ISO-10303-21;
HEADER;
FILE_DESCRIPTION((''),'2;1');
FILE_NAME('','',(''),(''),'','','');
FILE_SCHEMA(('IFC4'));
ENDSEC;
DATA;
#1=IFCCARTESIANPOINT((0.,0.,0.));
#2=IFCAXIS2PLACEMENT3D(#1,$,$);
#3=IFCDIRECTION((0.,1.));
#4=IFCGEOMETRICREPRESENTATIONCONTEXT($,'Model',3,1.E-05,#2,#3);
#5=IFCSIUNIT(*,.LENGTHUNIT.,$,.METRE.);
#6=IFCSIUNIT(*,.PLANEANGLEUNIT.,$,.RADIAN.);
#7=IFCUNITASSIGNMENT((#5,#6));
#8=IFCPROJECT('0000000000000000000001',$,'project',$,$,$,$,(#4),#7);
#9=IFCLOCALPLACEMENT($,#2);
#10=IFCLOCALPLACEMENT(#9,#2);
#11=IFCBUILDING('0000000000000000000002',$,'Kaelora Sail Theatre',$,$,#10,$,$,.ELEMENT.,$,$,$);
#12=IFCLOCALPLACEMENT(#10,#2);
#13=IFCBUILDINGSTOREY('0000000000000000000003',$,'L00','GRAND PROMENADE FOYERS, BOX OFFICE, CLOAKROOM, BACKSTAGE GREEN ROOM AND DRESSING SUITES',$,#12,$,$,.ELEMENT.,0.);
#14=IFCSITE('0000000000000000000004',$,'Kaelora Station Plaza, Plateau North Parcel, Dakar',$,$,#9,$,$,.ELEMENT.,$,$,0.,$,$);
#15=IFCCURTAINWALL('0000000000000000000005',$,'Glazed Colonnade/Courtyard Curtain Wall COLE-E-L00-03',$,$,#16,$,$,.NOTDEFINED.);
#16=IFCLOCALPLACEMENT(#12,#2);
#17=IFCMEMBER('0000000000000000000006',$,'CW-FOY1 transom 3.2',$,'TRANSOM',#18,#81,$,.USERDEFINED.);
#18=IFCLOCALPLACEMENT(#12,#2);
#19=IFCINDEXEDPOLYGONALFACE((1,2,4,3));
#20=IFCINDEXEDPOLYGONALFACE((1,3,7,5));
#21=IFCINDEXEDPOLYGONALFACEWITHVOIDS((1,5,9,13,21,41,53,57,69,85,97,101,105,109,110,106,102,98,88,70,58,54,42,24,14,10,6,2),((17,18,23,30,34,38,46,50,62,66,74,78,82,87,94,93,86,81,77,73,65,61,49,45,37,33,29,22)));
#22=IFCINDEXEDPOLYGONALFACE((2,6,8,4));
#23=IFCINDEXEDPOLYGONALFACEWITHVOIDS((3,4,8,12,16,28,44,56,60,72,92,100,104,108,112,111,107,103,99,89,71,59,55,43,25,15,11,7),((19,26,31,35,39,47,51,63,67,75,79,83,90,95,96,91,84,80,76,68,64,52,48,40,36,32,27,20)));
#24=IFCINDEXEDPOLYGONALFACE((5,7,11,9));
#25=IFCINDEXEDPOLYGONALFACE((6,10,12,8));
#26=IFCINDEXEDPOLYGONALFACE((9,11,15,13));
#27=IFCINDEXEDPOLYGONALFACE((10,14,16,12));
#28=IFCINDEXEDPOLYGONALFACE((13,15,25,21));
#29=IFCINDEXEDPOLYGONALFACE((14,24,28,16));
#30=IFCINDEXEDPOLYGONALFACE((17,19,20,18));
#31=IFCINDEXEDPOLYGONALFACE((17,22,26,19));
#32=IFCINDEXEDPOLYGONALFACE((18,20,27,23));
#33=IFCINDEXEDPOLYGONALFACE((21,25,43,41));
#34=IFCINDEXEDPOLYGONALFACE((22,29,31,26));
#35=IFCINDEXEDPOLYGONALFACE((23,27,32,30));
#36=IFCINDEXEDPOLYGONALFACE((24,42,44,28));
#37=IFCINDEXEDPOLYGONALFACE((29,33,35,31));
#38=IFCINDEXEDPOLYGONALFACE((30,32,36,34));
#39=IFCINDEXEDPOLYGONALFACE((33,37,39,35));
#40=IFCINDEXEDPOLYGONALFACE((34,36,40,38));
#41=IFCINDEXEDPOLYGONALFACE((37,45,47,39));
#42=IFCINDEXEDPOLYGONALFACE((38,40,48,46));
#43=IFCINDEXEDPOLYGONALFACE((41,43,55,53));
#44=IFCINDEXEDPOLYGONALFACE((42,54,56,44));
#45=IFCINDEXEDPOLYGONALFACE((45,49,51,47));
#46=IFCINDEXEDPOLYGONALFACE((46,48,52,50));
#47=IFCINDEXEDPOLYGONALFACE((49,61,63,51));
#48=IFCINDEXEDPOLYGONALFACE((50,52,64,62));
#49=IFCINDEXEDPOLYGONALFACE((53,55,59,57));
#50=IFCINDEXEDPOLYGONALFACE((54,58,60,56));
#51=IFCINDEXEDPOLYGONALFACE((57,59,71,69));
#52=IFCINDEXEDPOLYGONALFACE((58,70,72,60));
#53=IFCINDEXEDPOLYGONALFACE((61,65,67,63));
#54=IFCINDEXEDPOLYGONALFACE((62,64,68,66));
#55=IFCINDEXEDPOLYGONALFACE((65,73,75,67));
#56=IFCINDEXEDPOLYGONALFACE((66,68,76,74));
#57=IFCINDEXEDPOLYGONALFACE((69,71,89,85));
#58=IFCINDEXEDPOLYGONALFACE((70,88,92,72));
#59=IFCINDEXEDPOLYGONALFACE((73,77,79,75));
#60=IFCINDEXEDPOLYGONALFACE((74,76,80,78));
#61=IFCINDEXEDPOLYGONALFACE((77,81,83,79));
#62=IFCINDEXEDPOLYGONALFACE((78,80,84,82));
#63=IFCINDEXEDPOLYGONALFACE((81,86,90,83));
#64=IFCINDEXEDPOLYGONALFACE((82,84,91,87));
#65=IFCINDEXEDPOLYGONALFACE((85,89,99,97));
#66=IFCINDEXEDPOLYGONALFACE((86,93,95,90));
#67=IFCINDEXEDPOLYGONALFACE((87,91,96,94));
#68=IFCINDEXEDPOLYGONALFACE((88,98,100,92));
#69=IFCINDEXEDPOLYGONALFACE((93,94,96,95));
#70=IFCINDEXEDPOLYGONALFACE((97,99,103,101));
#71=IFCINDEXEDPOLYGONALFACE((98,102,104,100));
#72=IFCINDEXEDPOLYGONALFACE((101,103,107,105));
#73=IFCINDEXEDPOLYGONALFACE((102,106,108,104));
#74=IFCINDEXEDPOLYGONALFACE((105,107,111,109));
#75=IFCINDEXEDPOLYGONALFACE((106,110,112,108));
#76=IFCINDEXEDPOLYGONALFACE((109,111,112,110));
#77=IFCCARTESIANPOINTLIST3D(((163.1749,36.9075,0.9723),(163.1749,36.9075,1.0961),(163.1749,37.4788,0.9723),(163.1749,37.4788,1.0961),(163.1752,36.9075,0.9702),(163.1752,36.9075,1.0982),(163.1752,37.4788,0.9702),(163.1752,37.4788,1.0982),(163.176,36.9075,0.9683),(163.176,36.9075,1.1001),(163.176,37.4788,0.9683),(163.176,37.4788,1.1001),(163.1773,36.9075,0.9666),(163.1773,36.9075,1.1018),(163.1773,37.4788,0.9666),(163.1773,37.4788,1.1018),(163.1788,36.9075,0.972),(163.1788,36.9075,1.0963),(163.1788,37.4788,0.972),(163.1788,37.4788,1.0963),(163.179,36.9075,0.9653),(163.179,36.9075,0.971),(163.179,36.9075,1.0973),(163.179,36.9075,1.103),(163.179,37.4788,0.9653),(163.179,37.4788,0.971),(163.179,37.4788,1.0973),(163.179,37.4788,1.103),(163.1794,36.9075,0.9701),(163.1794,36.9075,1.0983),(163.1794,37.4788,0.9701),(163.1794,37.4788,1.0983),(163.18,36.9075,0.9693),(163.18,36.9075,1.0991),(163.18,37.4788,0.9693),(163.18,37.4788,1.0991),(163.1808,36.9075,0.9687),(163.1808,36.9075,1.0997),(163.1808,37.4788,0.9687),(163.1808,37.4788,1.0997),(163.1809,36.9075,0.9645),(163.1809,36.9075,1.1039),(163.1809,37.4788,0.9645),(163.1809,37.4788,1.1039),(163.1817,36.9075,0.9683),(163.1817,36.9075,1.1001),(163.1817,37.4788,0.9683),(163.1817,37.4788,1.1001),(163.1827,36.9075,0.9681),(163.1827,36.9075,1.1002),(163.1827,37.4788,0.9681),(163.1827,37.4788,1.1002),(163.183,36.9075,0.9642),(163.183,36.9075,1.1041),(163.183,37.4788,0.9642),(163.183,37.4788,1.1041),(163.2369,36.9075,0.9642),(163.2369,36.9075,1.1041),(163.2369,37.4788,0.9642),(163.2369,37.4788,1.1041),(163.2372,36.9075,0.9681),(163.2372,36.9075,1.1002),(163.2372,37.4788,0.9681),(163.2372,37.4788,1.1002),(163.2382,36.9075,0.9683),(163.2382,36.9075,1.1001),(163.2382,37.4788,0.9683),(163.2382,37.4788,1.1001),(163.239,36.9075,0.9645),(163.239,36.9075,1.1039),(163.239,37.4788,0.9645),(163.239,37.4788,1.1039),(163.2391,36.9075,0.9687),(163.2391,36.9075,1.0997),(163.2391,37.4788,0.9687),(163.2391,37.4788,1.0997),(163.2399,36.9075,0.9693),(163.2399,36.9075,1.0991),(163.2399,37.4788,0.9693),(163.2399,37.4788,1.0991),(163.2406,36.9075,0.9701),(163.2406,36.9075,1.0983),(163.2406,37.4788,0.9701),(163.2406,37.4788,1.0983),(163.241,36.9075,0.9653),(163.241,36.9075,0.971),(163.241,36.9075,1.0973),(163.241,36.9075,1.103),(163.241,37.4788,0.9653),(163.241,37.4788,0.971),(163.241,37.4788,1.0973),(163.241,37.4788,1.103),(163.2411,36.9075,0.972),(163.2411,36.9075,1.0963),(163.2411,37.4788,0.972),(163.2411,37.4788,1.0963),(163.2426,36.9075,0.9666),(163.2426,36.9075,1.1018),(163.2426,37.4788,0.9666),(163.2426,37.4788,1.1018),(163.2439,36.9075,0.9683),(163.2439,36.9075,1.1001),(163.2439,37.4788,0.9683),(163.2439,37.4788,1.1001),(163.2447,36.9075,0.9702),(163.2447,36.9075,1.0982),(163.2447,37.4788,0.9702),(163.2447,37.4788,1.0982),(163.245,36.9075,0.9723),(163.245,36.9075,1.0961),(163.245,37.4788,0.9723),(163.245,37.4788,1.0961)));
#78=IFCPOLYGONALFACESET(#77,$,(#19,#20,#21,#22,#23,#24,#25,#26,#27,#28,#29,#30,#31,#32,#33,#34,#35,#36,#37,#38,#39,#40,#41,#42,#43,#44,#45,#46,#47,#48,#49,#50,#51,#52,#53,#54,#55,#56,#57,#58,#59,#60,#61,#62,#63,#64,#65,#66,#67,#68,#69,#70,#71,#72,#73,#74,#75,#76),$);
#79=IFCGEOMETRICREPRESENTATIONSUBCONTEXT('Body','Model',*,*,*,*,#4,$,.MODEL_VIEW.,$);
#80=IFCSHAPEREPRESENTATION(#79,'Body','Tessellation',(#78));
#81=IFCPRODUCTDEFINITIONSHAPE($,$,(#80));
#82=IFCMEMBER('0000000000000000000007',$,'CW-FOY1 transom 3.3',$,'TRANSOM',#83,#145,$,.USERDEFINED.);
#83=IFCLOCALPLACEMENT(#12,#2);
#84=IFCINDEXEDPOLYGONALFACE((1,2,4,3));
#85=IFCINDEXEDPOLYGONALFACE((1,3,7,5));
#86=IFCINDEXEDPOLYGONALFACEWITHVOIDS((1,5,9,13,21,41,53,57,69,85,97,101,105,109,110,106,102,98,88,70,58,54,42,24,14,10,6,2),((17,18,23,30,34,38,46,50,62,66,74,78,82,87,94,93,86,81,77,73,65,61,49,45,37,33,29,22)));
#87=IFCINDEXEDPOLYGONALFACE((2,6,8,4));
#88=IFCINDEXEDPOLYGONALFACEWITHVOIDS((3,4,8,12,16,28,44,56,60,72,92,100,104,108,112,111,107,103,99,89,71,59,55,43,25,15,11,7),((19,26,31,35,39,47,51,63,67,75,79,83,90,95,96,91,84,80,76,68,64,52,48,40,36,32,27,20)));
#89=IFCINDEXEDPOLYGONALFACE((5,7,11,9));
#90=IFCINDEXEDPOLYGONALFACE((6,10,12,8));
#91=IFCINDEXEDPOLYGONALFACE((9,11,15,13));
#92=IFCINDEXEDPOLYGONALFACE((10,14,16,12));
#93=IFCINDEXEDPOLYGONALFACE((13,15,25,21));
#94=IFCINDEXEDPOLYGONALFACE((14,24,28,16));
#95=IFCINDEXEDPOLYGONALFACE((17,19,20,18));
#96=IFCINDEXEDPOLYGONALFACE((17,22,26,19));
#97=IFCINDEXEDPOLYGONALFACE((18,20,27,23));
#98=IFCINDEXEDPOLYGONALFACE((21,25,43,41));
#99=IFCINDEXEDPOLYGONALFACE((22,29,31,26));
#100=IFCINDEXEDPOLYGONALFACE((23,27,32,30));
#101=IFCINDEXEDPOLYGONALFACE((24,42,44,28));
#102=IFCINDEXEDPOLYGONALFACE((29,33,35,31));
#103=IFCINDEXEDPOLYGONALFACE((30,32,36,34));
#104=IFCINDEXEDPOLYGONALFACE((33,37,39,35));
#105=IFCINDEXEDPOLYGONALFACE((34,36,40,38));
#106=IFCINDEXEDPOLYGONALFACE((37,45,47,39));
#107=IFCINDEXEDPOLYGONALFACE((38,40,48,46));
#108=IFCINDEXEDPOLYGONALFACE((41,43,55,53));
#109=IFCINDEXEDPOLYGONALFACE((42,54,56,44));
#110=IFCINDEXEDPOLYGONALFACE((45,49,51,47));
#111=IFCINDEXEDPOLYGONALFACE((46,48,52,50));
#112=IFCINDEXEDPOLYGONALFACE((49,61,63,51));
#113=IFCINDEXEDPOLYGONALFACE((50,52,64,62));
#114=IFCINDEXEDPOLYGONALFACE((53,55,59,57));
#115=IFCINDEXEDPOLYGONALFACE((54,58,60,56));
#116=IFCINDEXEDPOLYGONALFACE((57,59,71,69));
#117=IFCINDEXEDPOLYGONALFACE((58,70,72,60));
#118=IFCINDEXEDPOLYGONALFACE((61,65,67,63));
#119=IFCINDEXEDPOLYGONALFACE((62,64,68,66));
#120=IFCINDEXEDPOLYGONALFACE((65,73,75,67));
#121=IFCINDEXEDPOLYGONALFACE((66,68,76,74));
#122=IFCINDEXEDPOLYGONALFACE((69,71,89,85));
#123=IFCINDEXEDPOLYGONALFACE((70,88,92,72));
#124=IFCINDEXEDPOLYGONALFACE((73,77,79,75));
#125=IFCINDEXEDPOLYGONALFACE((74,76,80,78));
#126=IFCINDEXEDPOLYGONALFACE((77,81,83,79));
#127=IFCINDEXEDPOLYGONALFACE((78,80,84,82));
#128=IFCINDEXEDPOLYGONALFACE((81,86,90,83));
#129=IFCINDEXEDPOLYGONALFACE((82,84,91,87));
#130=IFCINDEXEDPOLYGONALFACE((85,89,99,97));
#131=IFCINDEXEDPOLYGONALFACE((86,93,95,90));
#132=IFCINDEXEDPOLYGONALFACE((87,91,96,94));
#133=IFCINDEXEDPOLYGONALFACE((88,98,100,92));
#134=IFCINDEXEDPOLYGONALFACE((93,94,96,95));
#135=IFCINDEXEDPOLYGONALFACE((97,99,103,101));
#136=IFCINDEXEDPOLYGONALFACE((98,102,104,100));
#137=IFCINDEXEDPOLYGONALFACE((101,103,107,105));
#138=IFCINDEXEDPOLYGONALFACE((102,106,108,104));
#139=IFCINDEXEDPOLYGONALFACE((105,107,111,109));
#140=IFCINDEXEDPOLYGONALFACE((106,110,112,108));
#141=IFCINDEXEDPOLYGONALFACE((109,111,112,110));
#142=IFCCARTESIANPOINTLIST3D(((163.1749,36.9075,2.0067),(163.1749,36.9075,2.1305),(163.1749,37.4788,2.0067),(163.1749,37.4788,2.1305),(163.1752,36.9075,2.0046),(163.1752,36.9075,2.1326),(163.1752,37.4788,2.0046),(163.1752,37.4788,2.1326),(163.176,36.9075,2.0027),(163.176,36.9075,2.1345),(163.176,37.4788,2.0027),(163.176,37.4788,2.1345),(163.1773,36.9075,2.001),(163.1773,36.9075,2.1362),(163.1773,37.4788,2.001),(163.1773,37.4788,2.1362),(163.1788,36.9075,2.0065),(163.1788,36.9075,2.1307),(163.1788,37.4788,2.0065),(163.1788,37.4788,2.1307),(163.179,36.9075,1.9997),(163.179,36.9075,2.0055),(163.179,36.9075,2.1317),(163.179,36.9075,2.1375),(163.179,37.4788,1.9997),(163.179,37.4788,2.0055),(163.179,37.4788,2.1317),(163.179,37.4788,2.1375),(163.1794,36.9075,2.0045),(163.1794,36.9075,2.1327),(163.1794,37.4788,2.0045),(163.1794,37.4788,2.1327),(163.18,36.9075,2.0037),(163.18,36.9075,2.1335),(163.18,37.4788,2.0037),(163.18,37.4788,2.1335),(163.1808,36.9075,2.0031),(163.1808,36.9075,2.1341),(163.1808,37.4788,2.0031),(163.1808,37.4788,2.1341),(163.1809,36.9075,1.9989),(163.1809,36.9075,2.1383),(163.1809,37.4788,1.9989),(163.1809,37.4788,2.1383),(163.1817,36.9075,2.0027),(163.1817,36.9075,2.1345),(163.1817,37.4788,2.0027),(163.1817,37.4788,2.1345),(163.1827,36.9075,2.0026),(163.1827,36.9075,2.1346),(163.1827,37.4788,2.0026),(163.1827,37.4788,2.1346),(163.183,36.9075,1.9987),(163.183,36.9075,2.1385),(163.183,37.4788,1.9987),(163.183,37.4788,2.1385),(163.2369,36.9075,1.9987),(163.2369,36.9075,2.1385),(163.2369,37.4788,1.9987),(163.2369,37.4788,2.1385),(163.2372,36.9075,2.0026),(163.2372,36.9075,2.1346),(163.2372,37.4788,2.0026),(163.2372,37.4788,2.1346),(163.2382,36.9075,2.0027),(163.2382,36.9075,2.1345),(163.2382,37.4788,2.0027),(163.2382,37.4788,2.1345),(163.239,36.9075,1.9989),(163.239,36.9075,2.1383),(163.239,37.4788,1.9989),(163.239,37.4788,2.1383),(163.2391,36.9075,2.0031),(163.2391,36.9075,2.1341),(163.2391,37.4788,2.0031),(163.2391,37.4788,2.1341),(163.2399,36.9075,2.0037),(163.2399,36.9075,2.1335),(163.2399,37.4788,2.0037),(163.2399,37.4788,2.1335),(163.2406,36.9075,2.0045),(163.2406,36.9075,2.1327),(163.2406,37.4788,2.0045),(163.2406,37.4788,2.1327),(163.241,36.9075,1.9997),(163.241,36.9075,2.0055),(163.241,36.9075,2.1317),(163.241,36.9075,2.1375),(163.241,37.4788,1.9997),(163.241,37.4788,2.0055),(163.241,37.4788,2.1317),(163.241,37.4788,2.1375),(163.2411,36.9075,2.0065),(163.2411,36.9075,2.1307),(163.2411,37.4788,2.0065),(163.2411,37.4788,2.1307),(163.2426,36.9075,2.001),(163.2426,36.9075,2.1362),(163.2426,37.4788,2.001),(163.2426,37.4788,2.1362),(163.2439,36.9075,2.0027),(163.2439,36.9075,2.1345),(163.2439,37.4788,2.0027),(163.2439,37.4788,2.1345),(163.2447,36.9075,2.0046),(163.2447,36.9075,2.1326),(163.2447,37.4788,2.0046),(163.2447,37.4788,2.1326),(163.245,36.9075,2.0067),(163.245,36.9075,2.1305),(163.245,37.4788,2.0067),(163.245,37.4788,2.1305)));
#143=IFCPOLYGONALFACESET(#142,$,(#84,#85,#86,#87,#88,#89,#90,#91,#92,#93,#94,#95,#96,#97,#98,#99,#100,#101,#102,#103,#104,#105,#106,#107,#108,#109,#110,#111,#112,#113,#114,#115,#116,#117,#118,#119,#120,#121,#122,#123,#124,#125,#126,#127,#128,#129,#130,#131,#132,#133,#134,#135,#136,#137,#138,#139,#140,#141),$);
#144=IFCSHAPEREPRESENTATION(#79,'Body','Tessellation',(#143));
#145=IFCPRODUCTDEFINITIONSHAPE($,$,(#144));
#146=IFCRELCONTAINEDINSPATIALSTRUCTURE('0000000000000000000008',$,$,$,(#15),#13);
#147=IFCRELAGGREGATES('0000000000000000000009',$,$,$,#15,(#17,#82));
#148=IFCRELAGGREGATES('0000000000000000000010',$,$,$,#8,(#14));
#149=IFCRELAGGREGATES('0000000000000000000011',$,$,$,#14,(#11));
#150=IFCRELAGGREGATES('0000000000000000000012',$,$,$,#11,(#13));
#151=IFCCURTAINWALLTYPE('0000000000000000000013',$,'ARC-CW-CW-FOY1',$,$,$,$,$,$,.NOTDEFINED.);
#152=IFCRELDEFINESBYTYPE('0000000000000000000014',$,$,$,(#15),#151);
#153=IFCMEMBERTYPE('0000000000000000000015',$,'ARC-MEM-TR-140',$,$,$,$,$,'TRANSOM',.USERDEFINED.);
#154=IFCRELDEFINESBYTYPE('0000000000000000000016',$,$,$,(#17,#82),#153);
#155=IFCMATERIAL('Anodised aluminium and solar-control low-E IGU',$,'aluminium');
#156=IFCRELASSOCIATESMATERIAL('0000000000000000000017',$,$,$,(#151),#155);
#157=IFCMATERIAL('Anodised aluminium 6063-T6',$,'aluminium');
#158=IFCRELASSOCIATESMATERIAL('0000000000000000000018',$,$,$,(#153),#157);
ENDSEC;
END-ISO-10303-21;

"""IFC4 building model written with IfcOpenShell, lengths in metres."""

from ifc_helpers import new_model, si_unit, direction, frame, origin, origin_2d, place, context, subcontext, project, spatial, hollow_rectangle, extrude, material, material_profile, profile_set, type_object, element, aggregate, save


model = new_model("IFC4")

# Units and contexts
model_context = context("Model", 3, precision=1e-05, world=origin(), true_north=direction((0.0, 1.0)))
body_context = subcontext(model_context, "Body", "Model", "MODEL_VIEW")
ifc_project = project(units=[si_unit("LENGTHUNIT", "METRE"), si_unit("PLANEANGLEUNIT", "RADIAN")], contexts=[model_context])

# Site, building, storey
site_placement = place(None, origin())
site = spatial("IfcSite", under=ifc_project, at=site_placement, Name="Kaelora Station Plaza, Plateau North Parcel, Dakar", CompositionType="ELEMENT", RefElevation=0.0)
building_placement = place(site_placement, origin())
building = spatial("IfcBuilding", under=site, at=building_placement, Name="Kaelora Sail Theatre", CompositionType="ELEMENT")
storey_placement = place(building_placement, origin())
storey = spatial("IfcBuildingStorey", under=building, at=storey_placement, Name="L00", Description="GRAND PROMENADE FOYERS, BOX OFFICE, CLOAKROOM, BACKSTAGE GREEN ROOM AND DRESSING SUITES", CompositionType="ELEMENT", Elevation=0.0)

# Curtain wall, members
ifc_material_1 = material(Name="Anodised aluminium and solar-control low-E IGU", Category="aluminium")
curtain_wall_type = type_object("IfcCurtainWallType", Name="ARC-CW-CW-FOY1", PredefinedType="NOTDEFINED", material=ifc_material_1)
curtain_wall_placement = place(storey_placement, origin())
curtain_wall = element("IfcCurtainWall", 1, at=curtain_wall_placement, inside=storey, type_object=curtain_wall_type, Name="Glazed Colonnade/Courtyard Curtain Wall COLE-E-L00-03", PredefinedType="NOTDEFINED")
ifc_material_2 = material(Name="Anodised aluminium 6063-T6", Category="aluminium")
ifc_material_profile_1 = material_profile(ifc_material_2, hollow_rectangle(XDim=0.0701, YDim=0.1399, WallThickness=0.0039, InnerFilletRadius=0.0039, OuterFilletRadius=0.0081, at=origin_2d()), Name="ALU-TRAN 70x140x4")
ifc_profile_set_1 = profile_set([ifc_material_profile_1], Name="Anodised aluminium 6063-T6")
member_type_1 = type_object("IfcMemberType", Name="ARC-MEM-TR-140", ElementType="TRANSOM", PredefinedType="USERDEFINED", material=ifc_profile_set_1)
member_1_placement = place(storey_placement, frame((163.21, 36.9075, 1.0342), z_axis=(0.0, 1.0, 0.0), x_axis=(-1.0, 0.0, 0.0)))
member_1 = element("IfcMember", 2, at=member_1_placement, type_object=member_type_1, Name="CW-FOY1 transom 3.2", ObjectType="TRANSOM", PredefinedType="USERDEFINED", context=body_context, shape_type="SweptSolid", body=[
    extrude(hollow_rectangle(XDim=0.0701, YDim=0.1399, WallThickness=0.0039, InnerFilletRadius=0.0039, OuterFilletRadius=0.0081, at=origin_2d()), origin(), (0.0, 0.0, 1.0), 0.5713),
])
member_2_placement = place(storey_placement, frame((163.21, 36.9075, 2.0686), z_axis=(0.0, 1.0, 0.0), x_axis=(-1.0, 0.0, 0.0)))
member_2 = element("IfcMember", 3, at=member_2_placement, type_object=member_type_1, Name="CW-FOY1 transom 3.3", ObjectType="TRANSOM", PredefinedType="USERDEFINED", context=body_context, shape_type="SweptSolid", body=[
    extrude(hollow_rectangle(XDim=0.0701, YDim=0.1399, WallThickness=0.0039, InnerFilletRadius=0.0039, OuterFilletRadius=0.0081, at=origin_2d()), origin(), (0.0, 0.0, 1.0), 0.5713),
])
aggregate(curtain_wall, [member_1, member_2])

save(model, "model.ifc")
